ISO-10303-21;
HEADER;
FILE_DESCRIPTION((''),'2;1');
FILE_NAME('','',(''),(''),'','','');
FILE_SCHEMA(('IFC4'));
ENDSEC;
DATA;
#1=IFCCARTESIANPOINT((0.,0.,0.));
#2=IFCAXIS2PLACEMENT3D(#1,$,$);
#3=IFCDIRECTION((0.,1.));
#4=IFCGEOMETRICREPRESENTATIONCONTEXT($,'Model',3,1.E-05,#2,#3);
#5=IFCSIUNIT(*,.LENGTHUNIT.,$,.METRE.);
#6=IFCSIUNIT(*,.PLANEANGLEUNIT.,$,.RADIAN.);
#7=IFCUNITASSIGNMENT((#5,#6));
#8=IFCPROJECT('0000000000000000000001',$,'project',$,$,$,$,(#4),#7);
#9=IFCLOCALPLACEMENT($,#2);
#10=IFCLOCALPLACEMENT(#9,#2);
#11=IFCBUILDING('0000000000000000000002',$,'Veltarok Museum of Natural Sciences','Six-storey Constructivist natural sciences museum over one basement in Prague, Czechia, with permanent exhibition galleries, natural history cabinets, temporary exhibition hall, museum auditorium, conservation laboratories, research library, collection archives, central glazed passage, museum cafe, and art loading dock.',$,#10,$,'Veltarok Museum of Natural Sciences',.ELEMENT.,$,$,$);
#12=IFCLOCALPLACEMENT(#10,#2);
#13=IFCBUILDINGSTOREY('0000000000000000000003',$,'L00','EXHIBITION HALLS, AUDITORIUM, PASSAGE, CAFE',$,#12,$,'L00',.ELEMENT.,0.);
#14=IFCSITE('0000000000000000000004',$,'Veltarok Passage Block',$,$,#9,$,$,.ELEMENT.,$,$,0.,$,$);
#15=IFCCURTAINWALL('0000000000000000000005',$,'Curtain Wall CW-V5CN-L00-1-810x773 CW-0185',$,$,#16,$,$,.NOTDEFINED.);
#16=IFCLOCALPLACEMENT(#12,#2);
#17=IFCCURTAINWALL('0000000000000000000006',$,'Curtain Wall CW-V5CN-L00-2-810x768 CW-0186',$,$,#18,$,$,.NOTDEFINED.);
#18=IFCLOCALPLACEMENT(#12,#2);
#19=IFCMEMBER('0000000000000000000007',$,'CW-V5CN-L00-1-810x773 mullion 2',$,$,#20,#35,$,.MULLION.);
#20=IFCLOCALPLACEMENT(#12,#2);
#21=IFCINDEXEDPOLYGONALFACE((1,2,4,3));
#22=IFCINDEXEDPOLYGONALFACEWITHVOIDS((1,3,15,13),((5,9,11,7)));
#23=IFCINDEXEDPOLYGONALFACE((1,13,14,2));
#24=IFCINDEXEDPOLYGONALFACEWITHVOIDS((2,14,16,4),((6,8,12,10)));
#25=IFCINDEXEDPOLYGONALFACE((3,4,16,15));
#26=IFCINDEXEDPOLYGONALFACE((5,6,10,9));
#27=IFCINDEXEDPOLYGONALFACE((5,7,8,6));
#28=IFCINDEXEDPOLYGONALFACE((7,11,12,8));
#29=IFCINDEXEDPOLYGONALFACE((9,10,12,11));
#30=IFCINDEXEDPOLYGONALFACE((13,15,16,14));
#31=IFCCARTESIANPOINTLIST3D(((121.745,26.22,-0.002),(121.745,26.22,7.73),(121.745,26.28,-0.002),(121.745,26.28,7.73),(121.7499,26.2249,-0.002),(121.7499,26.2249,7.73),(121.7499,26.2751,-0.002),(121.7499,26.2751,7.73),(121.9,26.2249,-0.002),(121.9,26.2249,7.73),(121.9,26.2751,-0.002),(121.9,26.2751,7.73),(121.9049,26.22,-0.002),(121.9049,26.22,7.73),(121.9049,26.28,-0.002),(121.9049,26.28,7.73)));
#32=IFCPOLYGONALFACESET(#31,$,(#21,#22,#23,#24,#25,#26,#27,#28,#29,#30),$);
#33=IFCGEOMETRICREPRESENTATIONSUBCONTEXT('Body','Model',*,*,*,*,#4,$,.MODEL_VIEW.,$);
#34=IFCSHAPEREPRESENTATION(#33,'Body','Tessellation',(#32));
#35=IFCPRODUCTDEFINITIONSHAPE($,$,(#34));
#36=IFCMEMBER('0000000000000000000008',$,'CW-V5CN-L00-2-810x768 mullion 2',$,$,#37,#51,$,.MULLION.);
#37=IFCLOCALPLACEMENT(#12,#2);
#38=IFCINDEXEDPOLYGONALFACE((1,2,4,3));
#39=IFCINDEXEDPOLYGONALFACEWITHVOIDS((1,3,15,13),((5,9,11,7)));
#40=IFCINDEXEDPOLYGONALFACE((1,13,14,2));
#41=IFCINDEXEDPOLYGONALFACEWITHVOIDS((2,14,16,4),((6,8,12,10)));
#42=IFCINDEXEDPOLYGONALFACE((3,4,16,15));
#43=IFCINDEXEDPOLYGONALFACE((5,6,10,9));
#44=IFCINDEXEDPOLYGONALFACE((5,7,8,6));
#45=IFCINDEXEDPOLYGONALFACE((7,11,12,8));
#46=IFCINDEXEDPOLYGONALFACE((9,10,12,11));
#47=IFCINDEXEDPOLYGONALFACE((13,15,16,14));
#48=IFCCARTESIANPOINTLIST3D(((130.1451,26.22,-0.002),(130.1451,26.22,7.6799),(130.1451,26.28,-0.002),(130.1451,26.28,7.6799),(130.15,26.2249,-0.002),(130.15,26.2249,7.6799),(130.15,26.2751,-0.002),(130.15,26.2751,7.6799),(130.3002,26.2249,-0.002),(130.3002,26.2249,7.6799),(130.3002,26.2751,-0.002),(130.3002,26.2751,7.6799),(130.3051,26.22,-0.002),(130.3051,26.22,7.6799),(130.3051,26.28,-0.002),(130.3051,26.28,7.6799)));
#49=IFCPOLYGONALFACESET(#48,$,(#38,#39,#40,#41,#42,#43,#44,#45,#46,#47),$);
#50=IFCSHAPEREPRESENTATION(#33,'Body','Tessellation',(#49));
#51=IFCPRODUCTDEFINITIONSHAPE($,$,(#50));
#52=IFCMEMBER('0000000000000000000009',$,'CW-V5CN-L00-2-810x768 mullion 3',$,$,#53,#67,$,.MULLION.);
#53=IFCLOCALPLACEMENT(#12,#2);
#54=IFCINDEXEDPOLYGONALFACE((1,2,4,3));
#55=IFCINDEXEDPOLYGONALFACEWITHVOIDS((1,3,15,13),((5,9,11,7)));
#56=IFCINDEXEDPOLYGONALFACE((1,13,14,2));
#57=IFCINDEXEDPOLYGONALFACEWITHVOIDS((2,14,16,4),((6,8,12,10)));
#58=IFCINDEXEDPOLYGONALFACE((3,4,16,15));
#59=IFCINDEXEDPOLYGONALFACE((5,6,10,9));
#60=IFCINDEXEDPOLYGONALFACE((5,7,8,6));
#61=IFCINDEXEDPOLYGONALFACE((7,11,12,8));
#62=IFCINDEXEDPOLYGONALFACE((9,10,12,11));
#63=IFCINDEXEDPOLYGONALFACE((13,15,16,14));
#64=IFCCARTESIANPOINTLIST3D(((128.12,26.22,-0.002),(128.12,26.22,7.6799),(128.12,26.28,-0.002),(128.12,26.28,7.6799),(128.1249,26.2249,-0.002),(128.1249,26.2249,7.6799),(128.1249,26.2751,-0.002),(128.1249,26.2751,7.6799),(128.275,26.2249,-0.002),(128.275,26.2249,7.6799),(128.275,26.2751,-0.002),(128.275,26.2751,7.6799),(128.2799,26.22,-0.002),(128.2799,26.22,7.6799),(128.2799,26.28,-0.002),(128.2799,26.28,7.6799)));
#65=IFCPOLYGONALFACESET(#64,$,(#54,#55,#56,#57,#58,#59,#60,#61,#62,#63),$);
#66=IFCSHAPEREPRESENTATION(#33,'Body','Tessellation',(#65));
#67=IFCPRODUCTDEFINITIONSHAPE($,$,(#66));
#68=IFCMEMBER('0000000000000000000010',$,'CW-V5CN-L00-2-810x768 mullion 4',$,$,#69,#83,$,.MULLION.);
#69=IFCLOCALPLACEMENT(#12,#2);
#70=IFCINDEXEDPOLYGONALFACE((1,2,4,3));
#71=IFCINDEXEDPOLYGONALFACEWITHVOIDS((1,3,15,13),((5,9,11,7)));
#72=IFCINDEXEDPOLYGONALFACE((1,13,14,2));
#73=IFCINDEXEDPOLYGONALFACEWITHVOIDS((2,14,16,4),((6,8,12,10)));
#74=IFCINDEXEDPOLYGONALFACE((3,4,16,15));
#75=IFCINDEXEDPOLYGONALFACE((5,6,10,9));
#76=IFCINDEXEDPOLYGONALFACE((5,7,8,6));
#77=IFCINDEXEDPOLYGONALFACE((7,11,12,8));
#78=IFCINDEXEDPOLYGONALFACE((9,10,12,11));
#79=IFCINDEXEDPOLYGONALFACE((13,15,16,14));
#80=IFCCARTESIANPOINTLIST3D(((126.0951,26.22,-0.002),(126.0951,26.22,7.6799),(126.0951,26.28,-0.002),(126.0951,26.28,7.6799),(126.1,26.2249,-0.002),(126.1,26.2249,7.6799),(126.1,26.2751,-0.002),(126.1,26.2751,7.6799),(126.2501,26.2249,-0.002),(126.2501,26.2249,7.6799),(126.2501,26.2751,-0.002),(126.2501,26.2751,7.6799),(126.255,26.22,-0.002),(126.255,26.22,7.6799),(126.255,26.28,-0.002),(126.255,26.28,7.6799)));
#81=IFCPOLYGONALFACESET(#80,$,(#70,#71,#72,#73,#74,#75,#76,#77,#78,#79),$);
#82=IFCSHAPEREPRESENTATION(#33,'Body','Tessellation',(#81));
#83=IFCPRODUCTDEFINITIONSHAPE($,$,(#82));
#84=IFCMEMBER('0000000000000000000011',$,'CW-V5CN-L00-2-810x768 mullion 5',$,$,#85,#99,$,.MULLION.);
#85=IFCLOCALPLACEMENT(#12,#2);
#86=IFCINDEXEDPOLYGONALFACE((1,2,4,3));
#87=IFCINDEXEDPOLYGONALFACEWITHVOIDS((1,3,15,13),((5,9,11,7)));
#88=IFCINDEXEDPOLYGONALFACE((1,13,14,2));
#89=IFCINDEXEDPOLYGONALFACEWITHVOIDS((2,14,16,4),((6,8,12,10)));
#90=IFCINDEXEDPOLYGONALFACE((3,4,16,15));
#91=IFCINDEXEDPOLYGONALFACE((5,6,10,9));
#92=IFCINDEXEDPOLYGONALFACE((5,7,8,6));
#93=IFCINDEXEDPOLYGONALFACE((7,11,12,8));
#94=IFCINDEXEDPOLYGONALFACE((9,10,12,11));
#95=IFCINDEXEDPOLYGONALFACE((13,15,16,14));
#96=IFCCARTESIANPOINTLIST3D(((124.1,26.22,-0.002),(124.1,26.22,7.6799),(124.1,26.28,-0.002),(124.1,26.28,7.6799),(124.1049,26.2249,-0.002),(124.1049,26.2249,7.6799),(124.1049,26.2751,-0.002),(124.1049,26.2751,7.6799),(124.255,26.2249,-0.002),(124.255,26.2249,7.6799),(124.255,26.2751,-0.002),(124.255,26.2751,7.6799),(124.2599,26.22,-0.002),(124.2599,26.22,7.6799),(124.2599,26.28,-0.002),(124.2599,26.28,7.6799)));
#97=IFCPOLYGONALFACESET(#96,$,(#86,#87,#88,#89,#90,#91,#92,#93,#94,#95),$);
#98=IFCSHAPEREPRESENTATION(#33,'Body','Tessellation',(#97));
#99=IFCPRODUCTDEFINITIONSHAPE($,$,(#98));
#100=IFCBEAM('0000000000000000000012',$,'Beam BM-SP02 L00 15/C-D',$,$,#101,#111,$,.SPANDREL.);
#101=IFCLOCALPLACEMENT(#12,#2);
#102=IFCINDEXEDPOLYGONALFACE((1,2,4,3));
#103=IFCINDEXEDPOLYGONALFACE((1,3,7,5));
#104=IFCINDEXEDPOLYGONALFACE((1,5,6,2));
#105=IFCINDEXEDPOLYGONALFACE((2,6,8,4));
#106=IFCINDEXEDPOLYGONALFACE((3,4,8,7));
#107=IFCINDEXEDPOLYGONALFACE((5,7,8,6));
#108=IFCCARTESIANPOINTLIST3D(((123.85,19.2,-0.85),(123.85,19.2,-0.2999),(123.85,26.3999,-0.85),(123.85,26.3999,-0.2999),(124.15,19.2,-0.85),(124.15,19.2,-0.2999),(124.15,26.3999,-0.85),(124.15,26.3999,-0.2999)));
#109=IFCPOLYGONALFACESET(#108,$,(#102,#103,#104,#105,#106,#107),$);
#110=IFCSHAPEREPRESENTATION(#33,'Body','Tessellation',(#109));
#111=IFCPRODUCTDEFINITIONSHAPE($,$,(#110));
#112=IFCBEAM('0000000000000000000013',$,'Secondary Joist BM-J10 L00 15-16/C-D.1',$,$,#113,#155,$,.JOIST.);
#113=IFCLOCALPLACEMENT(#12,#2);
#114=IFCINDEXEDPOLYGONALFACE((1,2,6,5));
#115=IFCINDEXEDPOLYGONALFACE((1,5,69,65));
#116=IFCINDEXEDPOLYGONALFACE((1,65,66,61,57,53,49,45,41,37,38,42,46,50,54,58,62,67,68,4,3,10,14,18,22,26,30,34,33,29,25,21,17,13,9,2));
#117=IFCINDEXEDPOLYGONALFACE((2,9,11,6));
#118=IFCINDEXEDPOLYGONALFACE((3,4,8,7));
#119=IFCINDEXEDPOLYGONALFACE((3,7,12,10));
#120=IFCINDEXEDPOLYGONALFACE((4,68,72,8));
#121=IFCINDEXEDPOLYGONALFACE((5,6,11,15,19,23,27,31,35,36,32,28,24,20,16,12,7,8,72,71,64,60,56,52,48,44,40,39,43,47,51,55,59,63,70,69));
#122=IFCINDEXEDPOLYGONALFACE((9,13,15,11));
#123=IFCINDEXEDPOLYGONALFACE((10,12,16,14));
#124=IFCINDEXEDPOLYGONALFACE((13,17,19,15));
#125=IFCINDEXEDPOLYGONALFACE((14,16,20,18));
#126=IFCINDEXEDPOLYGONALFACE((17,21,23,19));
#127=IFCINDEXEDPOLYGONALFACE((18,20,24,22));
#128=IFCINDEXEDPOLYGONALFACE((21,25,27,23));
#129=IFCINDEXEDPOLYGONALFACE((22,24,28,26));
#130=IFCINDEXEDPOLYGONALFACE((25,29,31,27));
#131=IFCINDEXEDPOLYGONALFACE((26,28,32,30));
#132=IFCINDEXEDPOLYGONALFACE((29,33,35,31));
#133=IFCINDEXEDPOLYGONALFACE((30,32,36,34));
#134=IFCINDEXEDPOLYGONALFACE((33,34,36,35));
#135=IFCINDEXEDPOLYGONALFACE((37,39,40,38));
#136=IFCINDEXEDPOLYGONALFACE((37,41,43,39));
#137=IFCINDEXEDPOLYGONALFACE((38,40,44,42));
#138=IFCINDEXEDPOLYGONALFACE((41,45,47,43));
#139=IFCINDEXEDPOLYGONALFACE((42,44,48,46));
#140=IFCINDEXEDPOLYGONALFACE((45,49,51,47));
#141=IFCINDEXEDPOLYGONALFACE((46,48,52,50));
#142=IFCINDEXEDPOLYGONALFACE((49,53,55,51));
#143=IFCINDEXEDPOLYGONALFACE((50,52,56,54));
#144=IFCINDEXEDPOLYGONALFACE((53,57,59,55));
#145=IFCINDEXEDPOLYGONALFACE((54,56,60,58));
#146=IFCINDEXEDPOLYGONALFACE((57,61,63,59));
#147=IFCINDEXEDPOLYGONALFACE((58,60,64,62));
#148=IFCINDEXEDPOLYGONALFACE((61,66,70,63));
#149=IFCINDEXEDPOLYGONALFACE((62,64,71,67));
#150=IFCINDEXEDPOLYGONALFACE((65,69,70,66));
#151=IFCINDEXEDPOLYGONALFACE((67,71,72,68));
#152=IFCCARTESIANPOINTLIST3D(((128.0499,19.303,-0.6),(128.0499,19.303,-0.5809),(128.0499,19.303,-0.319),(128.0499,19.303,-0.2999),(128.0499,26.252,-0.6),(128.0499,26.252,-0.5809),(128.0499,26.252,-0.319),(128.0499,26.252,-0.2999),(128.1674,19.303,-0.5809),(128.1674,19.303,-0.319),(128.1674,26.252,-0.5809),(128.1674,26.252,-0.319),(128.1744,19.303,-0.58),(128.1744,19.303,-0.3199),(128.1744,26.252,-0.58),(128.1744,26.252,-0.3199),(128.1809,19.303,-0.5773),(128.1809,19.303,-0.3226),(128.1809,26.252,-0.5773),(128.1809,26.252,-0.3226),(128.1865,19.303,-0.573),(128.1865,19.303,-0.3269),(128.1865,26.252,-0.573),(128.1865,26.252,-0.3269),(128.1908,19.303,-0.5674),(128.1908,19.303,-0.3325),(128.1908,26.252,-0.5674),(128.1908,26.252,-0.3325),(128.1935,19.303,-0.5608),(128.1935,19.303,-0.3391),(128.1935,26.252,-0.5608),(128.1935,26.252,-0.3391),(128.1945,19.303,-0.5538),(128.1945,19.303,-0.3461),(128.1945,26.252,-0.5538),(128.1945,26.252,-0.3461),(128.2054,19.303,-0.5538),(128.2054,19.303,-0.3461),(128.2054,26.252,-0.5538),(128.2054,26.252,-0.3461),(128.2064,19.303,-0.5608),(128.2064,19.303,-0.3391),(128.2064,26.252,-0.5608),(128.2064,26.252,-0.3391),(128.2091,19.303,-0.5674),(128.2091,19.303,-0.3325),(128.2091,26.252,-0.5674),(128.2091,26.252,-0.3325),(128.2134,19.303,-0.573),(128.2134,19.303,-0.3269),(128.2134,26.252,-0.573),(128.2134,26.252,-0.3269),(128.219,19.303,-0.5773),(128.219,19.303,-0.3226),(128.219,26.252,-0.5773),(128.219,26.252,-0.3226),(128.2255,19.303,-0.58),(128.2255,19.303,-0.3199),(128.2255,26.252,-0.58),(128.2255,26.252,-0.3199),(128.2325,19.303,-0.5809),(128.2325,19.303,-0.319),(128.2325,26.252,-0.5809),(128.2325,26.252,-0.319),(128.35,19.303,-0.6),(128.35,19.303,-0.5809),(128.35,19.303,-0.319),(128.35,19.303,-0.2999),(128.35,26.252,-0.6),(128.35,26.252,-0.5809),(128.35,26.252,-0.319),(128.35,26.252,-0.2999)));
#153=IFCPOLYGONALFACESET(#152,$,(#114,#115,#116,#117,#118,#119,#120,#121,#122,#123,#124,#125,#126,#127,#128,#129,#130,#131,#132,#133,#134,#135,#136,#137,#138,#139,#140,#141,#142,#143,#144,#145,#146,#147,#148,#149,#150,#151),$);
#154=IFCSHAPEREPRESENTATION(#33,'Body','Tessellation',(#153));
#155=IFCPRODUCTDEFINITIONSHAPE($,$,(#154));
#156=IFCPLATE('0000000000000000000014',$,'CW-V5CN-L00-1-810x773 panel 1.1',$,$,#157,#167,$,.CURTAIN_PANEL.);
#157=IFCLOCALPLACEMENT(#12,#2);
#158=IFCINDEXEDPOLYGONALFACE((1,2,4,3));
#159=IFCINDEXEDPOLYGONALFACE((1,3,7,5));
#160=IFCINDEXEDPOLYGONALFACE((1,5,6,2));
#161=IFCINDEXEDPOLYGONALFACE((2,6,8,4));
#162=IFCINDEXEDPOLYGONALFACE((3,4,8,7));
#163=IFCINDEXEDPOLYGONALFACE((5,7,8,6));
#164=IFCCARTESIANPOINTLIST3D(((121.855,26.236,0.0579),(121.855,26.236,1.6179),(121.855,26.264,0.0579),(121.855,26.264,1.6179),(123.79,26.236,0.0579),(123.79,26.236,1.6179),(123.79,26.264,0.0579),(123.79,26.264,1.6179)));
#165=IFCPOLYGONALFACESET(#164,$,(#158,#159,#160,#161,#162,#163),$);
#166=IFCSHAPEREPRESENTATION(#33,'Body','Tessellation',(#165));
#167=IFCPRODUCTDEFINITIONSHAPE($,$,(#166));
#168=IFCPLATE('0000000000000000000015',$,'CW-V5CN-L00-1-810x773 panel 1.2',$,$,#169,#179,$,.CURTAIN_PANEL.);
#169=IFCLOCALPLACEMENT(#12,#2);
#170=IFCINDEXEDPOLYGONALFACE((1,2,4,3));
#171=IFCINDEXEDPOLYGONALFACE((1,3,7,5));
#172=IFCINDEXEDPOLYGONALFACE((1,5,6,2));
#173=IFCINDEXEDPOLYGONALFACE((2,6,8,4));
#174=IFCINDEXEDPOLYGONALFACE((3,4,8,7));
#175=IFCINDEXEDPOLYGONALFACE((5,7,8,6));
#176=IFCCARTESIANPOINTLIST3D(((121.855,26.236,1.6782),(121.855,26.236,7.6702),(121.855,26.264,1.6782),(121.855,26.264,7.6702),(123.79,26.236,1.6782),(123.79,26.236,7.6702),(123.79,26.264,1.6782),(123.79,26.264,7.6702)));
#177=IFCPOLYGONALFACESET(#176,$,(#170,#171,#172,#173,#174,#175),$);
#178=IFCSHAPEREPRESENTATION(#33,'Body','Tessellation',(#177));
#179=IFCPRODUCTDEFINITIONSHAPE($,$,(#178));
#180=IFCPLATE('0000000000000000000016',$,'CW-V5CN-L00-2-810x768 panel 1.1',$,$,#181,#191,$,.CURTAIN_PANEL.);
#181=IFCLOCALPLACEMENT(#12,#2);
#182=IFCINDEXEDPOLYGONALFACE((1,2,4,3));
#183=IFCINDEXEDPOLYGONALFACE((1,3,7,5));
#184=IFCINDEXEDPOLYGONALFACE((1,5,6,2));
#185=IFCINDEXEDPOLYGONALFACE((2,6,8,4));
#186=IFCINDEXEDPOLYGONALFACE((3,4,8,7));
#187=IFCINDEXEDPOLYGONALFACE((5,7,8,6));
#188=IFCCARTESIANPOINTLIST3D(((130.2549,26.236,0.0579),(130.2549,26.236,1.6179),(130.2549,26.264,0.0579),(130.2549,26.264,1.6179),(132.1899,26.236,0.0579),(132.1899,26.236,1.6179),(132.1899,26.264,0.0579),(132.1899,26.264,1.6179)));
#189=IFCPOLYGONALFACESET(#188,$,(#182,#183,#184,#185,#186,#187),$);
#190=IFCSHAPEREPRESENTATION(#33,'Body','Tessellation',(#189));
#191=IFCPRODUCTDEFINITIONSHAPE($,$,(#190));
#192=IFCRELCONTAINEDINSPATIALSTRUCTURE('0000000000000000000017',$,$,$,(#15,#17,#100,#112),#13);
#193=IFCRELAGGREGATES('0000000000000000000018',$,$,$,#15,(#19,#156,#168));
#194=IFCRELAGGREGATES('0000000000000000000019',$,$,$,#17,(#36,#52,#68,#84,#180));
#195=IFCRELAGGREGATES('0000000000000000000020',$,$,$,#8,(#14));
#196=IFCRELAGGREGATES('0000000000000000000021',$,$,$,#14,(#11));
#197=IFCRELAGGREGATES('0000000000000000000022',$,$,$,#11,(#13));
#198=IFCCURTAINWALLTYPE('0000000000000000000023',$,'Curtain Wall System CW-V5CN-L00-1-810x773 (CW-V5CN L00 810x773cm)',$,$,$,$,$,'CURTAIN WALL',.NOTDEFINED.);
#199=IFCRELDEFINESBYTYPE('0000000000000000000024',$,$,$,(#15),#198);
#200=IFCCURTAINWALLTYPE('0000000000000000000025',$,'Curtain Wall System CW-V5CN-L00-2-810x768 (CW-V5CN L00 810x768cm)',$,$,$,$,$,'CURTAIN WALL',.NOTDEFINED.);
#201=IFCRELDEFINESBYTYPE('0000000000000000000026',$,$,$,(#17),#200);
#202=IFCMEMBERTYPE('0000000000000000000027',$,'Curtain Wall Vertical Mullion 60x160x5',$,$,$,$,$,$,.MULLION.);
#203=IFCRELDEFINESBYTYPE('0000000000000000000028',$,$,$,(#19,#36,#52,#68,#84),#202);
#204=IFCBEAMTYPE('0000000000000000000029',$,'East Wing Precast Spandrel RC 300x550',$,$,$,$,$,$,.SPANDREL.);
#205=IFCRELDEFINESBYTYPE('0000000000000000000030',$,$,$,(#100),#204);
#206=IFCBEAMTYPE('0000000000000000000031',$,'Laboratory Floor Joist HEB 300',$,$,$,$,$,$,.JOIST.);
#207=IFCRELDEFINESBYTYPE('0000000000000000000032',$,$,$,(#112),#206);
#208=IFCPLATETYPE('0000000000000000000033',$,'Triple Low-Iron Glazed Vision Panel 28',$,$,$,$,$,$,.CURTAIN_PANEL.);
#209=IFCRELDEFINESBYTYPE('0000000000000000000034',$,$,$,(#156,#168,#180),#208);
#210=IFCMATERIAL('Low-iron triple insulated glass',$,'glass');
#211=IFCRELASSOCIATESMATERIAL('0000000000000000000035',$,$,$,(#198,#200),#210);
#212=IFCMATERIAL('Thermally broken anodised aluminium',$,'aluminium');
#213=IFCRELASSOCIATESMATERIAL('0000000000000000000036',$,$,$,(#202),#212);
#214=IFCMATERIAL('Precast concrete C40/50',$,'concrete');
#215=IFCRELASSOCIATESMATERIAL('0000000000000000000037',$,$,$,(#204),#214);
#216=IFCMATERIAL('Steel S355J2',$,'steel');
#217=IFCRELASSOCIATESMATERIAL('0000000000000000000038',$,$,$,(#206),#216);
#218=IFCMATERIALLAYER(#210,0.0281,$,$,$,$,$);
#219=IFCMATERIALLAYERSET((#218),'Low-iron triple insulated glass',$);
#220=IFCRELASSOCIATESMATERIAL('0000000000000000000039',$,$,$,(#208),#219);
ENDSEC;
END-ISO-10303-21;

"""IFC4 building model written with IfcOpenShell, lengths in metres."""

from ifc_helpers import new_model, si_unit, direction, frame, origin, origin_2d, place, context, subcontext, project, spatial, rectangle, hollow_rectangle, i_section, extrude, material, layer, layer_set, material_profile, profile_set, type_object, element, aggregate, save


model = new_model("IFC4")

# Units and contexts
model_context = context("Model", 3, precision=1e-05, world=origin(), true_north=direction((0.0, 1.0)))
body_context = subcontext(model_context, "Body", "Model", "MODEL_VIEW")
ifc_project = project(units=[si_unit("LENGTHUNIT", "METRE"), si_unit("PLANEANGLEUNIT", "RADIAN")], contexts=[model_context])

# Site, building, storey
site_placement = place(None, origin())
site = spatial("IfcSite", under=ifc_project, at=site_placement, Name="Veltarok Passage Block", CompositionType="ELEMENT", RefElevation=0.0)
building_placement = place(site_placement, origin())
building = spatial("IfcBuilding", under=site, at=building_placement, Name="Veltarok Museum of Natural Sciences", Description="Six-storey Constructivist natural sciences museum over one basement in Prague, Czechia, with permanent exhibition galleries, natural history cabinets, temporary exhibition hall, museum auditorium, conservation laboratories, research library, collection archives, central glazed passage, museum cafe, and art loading dock.", LongName="Veltarok Museum of Natural Sciences", CompositionType="ELEMENT")
storey_placement = place(building_placement, origin())
storey = spatial("IfcBuildingStorey", under=building, at=storey_placement, Name="L00", Description="EXHIBITION HALLS, AUDITORIUM, PASSAGE, CAFE", LongName="L00", CompositionType="ELEMENT", Elevation=0.0)

# Shared definitions
ifc_material_1 = material(Name="Steel S355J2", Category="steel")

# Curtain walls
ifc_material_2 = material(Name="Low-iron triple insulated glass", Category="glass")
curtain_wall_type_1 = type_object("IfcCurtainWallType", Name="Curtain Wall System CW-V5CN-L00-1-810x773 (CW-V5CN L00 810x773cm)", ElementType="CURTAIN WALL", PredefinedType="NOTDEFINED", material=ifc_material_2)
curtain_wall_1_placement = place(storey_placement, origin())
curtain_wall_1 = element("IfcCurtainWall", 1, at=curtain_wall_1_placement, inside=storey, type_object=curtain_wall_type_1, Name="Curtain Wall CW-V5CN-L00-1-810x773 CW-0185", PredefinedType="NOTDEFINED")
ifc_material_3 = material(Name="Thermally broken anodised aluminium", Category="aluminium")
curtain_wall_type_2 = type_object("IfcCurtainWallType", Name="Curtain Wall System CW-V5CN-L00-2-810x768 (CW-V5CN L00 810x768cm)", ElementType="CURTAIN WALL", PredefinedType="NOTDEFINED", material=ifc_material_2)
curtain_wall_2_placement = place(storey_placement, origin())
curtain_wall_2 = element("IfcCurtainWall", 2, at=curtain_wall_2_placement, inside=storey, type_object=curtain_wall_type_2, Name="Curtain Wall CW-V5CN-L00-2-810x768 CW-0186", PredefinedType="NOTDEFINED")

# Members
ifc_material_profile_1 = material_profile(ifc_material_3, hollow_rectangle(XDim=0.0601, YDim=0.1599, WallThickness=0.0049, at=origin_2d()), Name="CW MULLION 60x160x5")
ifc_profile_set_1 = profile_set([ifc_material_profile_1], Name="Thermally broken anodised aluminium")
member_type_1 = type_object("IfcMemberType", Name="Curtain Wall Vertical Mullion 60x160x5", PredefinedType="MULLION", material=ifc_profile_set_1)
member_1_placement = place(storey_placement, frame((121.825, 26.25, -0.002), z_axis=(0.0, 0.0, 1.0), x_axis=(0.0, -1.0, 0.0)))
member_1 = element("IfcMember", 3, at=member_1_placement, type_object=member_type_1, Name="CW-V5CN-L00-1-810x773 mullion 2", PredefinedType="MULLION", context=body_context, shape_type="SweptSolid", body=[
    extrude(hollow_rectangle(XDim=0.0601, YDim=0.1599, WallThickness=0.0049, at=origin_2d()), origin(), (0.0, 0.0, 1.0), 7.7319),
])
member_2_placement = place(storey_placement, frame((130.2251, 26.25, -0.002), z_axis=(0.0, 0.0, 1.0), x_axis=(0.0, -1.0, 0.0)))
member_2 = element("IfcMember", 4, at=member_2_placement, type_object=member_type_1, Name="CW-V5CN-L00-2-810x768 mullion 2", PredefinedType="MULLION", context=body_context, shape_type="SweptSolid", body=[
    extrude(hollow_rectangle(XDim=0.0601, YDim=0.1599, WallThickness=0.0049, at=origin_2d()), origin(), (0.0, 0.0, 1.0), 7.6819),
])
member_3_placement = place(storey_placement, frame((128.2, 26.25, -0.002), z_axis=(0.0, 0.0, 1.0), x_axis=(0.0, -1.0, 0.0)))
member_3 = element("IfcMember", 5, at=member_3_placement, type_object=member_type_1, Name="CW-V5CN-L00-2-810x768 mullion 3", PredefinedType="MULLION", context=body_context, shape_type="SweptSolid", body=[
    extrude(hollow_rectangle(XDim=0.0601, YDim=0.1599, WallThickness=0.0049, at=origin_2d()), origin(), (0.0, 0.0, 1.0), 7.6819),
])
member_4_placement = place(storey_placement, frame((126.175, 26.25, -0.002), z_axis=(0.0, 0.0, 1.0), x_axis=(0.0, -1.0, 0.0)))
member_4 = element("IfcMember", 6, at=member_4_placement, type_object=member_type_1, Name="CW-V5CN-L00-2-810x768 mullion 4", PredefinedType="MULLION", context=body_context, shape_type="SweptSolid", body=[
    extrude(hollow_rectangle(XDim=0.0601, YDim=0.1599, WallThickness=0.0049, at=origin_2d()), origin(), (0.0, 0.0, 1.0), 7.6819),
])
member_5_placement = place(storey_placement, frame((124.1799, 26.25, -0.002), z_axis=(0.0, 0.0, 1.0), x_axis=(0.0, -1.0, 0.0)))
member_5 = element("IfcMember", 7, at=member_5_placement, type_object=member_type_1, Name="CW-V5CN-L00-2-810x768 mullion 5", PredefinedType="MULLION", context=body_context, shape_type="SweptSolid", body=[
    extrude(hollow_rectangle(XDim=0.0601, YDim=0.1599, WallThickness=0.0049, at=origin_2d()), origin(), (0.0, 0.0, 1.0), 7.6819),
])

# Beams
ifc_material_4 = material(Name="Precast concrete C40/50", Category="concrete")
ifc_material_profile_2 = material_profile(ifc_material_4, rectangle(XDim=0.3, YDim=0.55, at=origin_2d()), Name="RC 300x550")
ifc_profile_set_2 = profile_set([ifc_material_profile_2], Name="Precast concrete C40/50")
beam_type_1 = type_object("IfcBeamType", Name="East Wing Precast Spandrel RC 300x550", PredefinedType="SPANDREL", material=ifc_profile_set_2)
beam_1_placement = place(storey_placement, frame((124.0, 19.2, -0.575), z_axis=(0.0, 1.0, 0.0), x_axis=(-1.0, 0.0, 0.0)))
element("IfcBeam", 8, at=beam_1_placement, inside=storey, type_object=beam_type_1, Name="Beam BM-SP02 L00 15/C-D", PredefinedType="SPANDREL", context=body_context, shape_type="SweptSolid", body=[
    extrude(rectangle(XDim=0.3, YDim=0.55, at=origin_2d()), origin(), (0.0, 0.0, 1.0), 7.2),
])
ifc_material_profile_3 = material_profile(ifc_material_1, i_section(OverallWidth=0.3, OverallDepth=0.3, WebThickness=0.011, FlangeThickness=0.019, FilletRadius=0.0271, at=origin_2d()), Name="HEB 300")
ifc_profile_set_3 = profile_set([ifc_material_profile_3], Name="Steel S355J2")
beam_type_2 = type_object("IfcBeamType", Name="Laboratory Floor Joist HEB 300", PredefinedType="JOIST", material=ifc_profile_set_3)
beam_2_placement = place(storey_placement, frame((128.2, 19.303, -0.45), z_axis=(0.0, 1.0, 0.0), x_axis=(-1.0, 0.0, 0.0)))
element("IfcBeam", 9, at=beam_2_placement, inside=storey, type_object=beam_type_2, Name="Secondary Joist BM-J10 L00 15-16/C-D.1", PredefinedType="JOIST", context=body_context, shape_type="SweptSolid", body=[
    extrude(i_section(OverallWidth=0.3, OverallDepth=0.3, WebThickness=0.011, FlangeThickness=0.019, FilletRadius=0.0271, at=origin_2d()), origin(), (0.0, 0.0, 1.0), 6.949),
])

# Plates
ifc_layer = layer(ifc_material_2, 0.0281)
ifc_layer_set = layer_set([ifc_layer], Name="Low-iron triple insulated glass")
plate_type = type_object("IfcPlateType", Name="Triple Low-Iron Glazed Vision Panel 28", PredefinedType="CURTAIN_PANEL", material=ifc_layer_set)
plate_1_placement = place(storey_placement, frame((122.8225, 26.25, 0.0579), z_axis=(0.0, 0.0, 1.0), x_axis=(-1.0, 0.0, 0.0)))
plate_1 = element("IfcPlate", 10, at=plate_1_placement, type_object=plate_type, Name="CW-V5CN-L00-1-810x773 panel 1.1", PredefinedType="CURTAIN_PANEL", context=body_context, shape_type="SweptSolid", body=[
    extrude(rectangle(XDim=1.9351, YDim=0.0281, at=origin_2d()), origin(), (0.0, 0.0, 1.0), 1.5601),
])
plate_2_placement = place(storey_placement, frame((122.8225, 26.25, 1.6782), z_axis=(0.0, 0.0, 1.0), x_axis=(-1.0, 0.0, 0.0)))
plate_2 = element("IfcPlate", 11, at=plate_2_placement, type_object=plate_type, Name="CW-V5CN-L00-1-810x773 panel 1.2", PredefinedType="CURTAIN_PANEL", context=body_context, shape_type="SweptSolid", body=[
    extrude(rectangle(XDim=1.9351, YDim=0.0281, at=origin_2d()), origin(), (0.0, 0.0, 1.0), 5.9919),
])
aggregate(curtain_wall_1, [member_1, plate_1, plate_2])
plate_3_placement = place(storey_placement, frame((131.2224, 26.25, 0.0579), z_axis=(0.0, 0.0, 1.0), x_axis=(-1.0, 0.0, 0.0)))
plate_3 = element("IfcPlate", 12, at=plate_3_placement, type_object=plate_type, Name="CW-V5CN-L00-2-810x768 panel 1.1", PredefinedType="CURTAIN_PANEL", context=body_context, shape_type="SweptSolid", body=[
    extrude(rectangle(XDim=1.9351, YDim=0.0281, at=origin_2d()), origin(), (0.0, 0.0, 1.0), 1.5601),
])
aggregate(curtain_wall_2, [member_2, member_3, member_4, member_5, plate_3])

save(model, "model.ifc")
